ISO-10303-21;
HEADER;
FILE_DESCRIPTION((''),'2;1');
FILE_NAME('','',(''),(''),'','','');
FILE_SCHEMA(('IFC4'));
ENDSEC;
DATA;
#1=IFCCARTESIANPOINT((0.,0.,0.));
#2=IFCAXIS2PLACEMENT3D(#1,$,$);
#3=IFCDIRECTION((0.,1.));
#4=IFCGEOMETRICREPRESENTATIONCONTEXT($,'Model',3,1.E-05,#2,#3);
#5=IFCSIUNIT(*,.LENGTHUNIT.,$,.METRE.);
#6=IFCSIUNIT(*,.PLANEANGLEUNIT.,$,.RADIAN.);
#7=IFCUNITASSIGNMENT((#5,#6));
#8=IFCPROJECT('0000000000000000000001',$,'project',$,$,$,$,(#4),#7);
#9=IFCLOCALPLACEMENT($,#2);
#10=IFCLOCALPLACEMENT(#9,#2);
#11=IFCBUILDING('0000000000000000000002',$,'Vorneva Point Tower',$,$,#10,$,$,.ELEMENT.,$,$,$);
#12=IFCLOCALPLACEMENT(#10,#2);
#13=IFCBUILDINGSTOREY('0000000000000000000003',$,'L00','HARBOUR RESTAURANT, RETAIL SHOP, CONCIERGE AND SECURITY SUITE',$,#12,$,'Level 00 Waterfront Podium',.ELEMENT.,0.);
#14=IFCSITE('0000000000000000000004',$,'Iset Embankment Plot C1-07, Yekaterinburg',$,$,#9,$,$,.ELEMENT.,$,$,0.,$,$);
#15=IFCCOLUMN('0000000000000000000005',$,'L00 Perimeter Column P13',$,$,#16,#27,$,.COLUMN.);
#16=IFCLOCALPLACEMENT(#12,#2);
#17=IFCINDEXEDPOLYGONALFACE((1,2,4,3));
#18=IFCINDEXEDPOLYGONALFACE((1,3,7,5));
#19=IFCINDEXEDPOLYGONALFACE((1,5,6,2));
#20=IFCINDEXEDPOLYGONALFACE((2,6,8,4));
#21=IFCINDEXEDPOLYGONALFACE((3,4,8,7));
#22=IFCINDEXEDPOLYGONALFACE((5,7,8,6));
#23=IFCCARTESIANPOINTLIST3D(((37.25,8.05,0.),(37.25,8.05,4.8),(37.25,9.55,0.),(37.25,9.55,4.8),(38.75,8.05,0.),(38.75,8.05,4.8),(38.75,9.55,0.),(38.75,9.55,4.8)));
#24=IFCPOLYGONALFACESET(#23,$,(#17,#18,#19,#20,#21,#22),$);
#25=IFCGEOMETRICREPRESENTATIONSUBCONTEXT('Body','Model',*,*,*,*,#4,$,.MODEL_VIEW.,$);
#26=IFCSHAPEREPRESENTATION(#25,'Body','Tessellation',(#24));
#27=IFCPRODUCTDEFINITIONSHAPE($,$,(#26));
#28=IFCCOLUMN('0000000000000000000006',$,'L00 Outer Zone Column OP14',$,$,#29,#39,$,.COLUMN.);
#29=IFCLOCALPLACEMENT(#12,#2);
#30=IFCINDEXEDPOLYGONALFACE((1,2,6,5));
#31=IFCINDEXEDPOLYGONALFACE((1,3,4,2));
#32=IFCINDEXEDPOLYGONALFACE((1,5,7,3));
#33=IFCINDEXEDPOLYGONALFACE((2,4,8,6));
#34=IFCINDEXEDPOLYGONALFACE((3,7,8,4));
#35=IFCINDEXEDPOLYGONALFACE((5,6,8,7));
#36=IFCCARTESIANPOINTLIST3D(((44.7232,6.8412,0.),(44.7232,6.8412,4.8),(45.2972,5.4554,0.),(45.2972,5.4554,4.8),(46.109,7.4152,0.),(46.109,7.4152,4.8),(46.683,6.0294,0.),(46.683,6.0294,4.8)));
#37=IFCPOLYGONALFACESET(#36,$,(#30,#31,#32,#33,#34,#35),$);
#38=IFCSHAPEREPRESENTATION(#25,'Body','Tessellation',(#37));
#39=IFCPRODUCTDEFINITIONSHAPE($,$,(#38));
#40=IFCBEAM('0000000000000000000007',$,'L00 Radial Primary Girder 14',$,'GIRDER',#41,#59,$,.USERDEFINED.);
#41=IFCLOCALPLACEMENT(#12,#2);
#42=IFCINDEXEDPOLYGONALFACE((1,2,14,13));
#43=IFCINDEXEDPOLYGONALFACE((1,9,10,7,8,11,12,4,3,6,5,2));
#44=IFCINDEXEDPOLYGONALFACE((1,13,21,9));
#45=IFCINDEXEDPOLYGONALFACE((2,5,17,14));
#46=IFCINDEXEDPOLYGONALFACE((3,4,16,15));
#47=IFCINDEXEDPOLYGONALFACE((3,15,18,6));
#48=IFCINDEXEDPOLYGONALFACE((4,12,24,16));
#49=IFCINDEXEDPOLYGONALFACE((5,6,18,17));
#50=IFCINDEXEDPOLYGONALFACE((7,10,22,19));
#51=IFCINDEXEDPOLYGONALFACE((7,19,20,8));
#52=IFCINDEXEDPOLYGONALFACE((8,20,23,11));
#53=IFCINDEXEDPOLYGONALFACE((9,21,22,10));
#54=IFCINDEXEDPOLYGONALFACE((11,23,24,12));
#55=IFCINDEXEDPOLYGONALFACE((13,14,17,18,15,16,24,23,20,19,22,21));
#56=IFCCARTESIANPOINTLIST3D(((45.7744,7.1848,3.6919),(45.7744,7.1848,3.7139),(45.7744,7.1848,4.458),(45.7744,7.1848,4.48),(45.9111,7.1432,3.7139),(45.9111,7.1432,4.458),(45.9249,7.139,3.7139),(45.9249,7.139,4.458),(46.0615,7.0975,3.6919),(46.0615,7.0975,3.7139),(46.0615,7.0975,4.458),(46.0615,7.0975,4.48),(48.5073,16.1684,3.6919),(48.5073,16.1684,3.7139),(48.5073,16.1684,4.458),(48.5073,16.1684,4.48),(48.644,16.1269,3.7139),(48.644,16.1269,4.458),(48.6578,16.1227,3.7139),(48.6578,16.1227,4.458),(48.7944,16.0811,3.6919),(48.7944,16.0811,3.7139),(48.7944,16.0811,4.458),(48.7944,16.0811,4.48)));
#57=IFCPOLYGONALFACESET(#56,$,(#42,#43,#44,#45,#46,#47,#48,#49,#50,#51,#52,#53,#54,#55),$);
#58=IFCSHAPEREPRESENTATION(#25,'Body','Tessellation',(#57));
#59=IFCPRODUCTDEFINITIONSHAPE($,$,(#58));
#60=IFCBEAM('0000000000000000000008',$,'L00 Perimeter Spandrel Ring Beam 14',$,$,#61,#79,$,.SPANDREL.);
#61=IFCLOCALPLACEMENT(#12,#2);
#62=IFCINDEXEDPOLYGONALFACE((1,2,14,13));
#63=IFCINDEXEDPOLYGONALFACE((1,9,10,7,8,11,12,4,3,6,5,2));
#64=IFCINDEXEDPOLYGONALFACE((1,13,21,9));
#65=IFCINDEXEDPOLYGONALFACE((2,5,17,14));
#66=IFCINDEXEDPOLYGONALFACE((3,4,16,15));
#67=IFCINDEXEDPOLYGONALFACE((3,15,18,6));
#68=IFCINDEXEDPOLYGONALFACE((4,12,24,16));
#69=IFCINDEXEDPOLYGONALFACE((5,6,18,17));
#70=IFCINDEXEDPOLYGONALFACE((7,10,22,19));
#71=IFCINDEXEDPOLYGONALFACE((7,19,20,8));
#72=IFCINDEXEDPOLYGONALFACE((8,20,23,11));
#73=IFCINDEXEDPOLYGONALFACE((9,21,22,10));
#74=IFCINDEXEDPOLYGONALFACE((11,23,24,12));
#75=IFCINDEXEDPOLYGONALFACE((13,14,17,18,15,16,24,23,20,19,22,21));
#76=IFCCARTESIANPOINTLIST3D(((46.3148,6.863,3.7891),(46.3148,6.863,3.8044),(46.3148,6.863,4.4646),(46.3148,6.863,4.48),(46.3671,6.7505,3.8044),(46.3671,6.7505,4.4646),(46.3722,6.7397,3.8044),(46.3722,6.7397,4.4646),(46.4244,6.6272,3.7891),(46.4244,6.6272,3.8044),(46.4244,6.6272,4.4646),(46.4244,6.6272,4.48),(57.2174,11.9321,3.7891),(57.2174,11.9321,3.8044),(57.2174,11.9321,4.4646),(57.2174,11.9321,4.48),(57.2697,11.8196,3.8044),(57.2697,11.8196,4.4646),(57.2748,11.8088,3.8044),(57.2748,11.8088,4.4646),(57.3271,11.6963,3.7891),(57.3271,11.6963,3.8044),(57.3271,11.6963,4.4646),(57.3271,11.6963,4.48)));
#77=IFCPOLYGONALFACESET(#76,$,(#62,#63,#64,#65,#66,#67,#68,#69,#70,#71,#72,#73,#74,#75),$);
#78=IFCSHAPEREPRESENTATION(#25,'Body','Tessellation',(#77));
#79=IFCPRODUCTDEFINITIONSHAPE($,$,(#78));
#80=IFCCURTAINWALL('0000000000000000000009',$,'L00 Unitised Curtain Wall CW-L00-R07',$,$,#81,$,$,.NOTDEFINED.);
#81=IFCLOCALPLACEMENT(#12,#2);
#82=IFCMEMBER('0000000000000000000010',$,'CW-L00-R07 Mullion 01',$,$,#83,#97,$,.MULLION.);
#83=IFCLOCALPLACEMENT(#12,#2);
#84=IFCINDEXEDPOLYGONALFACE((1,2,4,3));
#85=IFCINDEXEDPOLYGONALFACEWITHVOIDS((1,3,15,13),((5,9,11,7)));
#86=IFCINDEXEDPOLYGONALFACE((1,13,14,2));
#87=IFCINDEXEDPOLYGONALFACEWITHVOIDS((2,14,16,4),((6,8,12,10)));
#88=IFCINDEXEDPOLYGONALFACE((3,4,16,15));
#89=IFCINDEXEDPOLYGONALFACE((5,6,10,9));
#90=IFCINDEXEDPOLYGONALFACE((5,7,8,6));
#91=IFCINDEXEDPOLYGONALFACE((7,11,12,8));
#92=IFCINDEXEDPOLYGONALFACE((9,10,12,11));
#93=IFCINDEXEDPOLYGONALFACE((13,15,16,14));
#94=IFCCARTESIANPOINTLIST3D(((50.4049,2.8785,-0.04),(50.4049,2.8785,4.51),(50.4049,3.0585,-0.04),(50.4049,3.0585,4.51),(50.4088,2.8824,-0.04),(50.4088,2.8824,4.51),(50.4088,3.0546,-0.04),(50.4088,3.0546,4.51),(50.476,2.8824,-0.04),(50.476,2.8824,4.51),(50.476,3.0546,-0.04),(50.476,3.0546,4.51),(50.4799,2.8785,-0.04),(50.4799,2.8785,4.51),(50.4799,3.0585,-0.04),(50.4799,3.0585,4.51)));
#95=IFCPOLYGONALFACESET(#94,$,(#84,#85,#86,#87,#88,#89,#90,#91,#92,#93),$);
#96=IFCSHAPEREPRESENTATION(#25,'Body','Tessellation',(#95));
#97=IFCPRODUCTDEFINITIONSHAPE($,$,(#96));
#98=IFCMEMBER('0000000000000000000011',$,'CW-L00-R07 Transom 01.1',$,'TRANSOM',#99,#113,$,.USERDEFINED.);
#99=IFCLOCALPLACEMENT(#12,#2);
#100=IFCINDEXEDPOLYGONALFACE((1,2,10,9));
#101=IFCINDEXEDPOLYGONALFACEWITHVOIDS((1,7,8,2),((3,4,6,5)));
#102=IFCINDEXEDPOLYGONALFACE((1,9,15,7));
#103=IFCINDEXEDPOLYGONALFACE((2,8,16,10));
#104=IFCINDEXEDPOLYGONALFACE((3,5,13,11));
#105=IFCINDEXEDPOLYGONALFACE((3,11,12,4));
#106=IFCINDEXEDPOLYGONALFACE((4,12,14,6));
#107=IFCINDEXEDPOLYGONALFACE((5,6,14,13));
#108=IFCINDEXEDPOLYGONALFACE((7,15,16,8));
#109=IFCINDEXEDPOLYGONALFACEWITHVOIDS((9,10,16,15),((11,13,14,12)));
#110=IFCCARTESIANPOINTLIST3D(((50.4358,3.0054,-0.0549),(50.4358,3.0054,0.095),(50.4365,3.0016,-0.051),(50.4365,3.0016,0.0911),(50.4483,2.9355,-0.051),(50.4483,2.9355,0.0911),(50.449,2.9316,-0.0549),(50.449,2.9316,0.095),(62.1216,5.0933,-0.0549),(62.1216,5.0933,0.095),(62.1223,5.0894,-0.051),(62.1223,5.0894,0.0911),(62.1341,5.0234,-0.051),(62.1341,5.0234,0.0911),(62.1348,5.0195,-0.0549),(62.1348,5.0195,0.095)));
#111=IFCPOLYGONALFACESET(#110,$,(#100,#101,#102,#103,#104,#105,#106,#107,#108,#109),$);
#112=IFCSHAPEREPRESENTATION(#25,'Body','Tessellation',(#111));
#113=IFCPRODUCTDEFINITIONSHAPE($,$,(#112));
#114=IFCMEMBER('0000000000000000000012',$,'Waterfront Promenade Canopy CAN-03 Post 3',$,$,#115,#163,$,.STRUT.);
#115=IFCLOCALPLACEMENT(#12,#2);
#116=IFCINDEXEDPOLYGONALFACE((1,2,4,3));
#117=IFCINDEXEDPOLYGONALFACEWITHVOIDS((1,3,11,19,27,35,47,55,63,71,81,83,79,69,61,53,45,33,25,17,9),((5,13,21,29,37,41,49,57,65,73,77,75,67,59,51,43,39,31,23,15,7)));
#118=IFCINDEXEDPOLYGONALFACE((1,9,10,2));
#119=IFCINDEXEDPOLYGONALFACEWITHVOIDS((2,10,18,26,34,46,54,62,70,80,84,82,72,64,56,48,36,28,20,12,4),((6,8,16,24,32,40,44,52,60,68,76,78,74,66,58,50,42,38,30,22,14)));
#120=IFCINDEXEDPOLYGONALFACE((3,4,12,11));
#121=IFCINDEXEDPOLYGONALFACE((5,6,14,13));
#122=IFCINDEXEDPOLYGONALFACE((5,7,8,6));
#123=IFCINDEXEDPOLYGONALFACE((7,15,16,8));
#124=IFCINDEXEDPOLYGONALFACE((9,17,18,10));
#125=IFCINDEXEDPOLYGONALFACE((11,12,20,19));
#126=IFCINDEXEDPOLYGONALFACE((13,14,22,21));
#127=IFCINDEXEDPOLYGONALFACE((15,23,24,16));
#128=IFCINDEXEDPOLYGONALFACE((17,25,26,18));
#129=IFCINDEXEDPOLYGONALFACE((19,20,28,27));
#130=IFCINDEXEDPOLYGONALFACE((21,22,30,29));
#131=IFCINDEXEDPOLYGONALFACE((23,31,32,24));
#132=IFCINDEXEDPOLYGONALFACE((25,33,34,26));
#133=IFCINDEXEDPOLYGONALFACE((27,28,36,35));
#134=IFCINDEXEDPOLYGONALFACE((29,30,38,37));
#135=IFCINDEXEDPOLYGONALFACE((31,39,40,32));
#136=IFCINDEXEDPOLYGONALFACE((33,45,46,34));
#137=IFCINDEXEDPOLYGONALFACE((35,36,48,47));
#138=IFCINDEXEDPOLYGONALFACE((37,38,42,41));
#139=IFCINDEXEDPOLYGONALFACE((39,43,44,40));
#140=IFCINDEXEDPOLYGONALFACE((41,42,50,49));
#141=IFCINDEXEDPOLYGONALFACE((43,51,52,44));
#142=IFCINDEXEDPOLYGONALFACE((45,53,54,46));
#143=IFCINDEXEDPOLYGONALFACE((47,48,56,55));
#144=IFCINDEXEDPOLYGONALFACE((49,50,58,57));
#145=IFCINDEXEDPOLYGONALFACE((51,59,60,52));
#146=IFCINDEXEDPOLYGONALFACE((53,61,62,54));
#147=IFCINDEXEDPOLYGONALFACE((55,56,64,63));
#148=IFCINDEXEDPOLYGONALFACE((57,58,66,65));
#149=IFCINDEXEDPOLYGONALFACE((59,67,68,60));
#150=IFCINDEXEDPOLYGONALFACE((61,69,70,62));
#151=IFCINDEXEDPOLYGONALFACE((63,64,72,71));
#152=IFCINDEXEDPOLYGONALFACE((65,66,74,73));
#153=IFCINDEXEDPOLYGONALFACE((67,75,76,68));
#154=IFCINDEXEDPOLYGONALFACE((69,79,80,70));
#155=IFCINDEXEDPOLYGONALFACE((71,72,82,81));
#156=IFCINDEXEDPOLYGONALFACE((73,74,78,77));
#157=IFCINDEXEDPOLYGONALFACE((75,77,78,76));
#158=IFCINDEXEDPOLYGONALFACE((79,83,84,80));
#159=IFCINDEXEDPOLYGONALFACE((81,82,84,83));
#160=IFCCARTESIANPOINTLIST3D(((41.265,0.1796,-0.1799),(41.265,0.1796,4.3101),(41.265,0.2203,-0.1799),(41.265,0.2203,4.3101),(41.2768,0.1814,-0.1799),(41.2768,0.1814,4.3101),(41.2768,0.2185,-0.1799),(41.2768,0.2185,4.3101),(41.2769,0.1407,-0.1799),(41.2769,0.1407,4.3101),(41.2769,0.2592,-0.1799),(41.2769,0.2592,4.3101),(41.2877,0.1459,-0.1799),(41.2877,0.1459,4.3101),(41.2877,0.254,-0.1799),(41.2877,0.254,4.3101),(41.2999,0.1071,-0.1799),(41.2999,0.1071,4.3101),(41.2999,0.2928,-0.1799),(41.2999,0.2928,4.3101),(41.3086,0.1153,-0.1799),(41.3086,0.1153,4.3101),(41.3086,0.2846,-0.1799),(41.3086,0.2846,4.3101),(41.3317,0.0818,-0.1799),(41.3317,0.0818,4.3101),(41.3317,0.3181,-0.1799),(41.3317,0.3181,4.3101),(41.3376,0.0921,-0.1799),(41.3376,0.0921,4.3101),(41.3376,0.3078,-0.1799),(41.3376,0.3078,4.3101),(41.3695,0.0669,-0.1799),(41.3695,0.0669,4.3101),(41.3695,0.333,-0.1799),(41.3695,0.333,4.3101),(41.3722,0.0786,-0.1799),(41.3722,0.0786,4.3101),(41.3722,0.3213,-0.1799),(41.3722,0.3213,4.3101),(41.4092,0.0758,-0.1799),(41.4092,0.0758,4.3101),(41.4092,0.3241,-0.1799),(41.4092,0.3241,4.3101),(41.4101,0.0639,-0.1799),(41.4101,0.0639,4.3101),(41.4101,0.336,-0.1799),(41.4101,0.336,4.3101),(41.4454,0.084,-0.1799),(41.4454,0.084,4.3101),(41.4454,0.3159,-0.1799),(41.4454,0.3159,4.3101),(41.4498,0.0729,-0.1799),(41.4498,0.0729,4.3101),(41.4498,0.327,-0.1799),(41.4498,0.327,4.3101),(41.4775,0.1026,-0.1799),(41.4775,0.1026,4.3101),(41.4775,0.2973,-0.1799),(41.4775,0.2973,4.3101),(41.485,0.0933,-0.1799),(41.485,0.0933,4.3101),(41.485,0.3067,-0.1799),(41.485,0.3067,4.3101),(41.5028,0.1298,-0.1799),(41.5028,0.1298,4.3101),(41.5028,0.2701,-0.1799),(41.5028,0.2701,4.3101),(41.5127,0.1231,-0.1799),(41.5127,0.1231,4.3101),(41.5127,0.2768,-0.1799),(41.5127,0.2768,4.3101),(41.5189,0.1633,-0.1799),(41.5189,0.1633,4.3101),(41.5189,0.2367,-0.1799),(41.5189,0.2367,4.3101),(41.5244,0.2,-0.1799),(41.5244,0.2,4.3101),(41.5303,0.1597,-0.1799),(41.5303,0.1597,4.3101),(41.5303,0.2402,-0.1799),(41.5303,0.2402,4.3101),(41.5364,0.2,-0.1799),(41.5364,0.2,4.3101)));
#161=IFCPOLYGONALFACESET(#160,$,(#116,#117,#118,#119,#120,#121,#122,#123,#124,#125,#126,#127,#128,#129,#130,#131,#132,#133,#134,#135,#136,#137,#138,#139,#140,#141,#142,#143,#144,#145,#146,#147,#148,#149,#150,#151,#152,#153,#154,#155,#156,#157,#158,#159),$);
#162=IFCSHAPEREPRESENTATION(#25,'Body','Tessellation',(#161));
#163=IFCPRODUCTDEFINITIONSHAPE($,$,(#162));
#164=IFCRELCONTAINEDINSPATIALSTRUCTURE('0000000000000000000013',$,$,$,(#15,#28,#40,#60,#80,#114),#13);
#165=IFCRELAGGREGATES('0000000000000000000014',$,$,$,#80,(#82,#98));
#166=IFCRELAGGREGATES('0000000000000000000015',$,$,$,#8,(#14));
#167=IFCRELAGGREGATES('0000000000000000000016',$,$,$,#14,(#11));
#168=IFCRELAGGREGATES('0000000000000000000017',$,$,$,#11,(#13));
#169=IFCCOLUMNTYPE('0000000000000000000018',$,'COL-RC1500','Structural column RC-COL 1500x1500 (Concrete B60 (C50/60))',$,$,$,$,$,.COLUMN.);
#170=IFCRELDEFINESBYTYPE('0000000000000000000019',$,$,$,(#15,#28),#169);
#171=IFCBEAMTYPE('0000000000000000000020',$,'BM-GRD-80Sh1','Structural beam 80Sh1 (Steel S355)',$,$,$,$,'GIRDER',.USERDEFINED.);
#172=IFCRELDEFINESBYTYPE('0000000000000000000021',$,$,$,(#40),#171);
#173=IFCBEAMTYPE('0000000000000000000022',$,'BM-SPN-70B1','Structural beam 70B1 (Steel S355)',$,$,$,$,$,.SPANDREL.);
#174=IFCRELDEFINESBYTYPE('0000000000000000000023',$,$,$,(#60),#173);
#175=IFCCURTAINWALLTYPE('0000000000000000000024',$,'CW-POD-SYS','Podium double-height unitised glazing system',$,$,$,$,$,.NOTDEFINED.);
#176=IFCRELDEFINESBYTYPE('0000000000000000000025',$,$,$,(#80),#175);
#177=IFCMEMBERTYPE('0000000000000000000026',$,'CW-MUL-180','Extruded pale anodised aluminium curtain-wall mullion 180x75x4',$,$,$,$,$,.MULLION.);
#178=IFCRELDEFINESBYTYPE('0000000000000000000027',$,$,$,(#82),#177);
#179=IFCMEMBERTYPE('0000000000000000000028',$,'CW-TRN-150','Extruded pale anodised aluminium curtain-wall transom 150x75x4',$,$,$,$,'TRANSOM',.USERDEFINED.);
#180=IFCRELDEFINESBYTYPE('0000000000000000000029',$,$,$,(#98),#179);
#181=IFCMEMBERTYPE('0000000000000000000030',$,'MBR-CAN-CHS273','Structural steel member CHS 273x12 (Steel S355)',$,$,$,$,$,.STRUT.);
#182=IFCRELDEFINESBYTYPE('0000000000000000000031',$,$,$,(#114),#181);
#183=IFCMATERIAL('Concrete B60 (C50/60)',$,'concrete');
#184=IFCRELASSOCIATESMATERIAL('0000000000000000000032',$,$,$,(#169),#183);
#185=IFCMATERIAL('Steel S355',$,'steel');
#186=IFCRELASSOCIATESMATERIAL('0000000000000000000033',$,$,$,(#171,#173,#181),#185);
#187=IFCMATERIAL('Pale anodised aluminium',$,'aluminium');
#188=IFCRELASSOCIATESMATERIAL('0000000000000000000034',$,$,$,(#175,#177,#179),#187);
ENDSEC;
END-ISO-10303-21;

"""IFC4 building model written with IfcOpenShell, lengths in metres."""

from ifc_helpers import new_model, si_unit, direction, frame, origin, origin_2d, place, context, subcontext, project, spatial, rectangle, hollow_rectangle, hollow_circle, i_section, extrude, material, material_profile, profile_set, type_object, element, aggregate, save


model = new_model("IFC4")

# Units and contexts
model_context = context("Model", 3, precision=1e-05, world=origin(), true_north=direction((0.0, 1.0)))
body_context = subcontext(model_context, "Body", "Model", "MODEL_VIEW")
ifc_project = project(units=[si_unit("LENGTHUNIT", "METRE"), si_unit("PLANEANGLEUNIT", "RADIAN")], contexts=[model_context])

# Site, building, storey
site_placement = place(None, origin())
site = spatial("IfcSite", under=ifc_project, at=site_placement, Name="Iset Embankment Plot C1-07, Yekaterinburg", CompositionType="ELEMENT", RefElevation=0.0)
building_placement = place(site_placement, origin())
building = spatial("IfcBuilding", under=site, at=building_placement, Name="Vorneva Point Tower", CompositionType="ELEMENT")
storey_placement = place(building_placement, origin())
storey = spatial("IfcBuildingStorey", under=building, at=storey_placement, Name="L00", Description="HARBOUR RESTAURANT, RETAIL SHOP, CONCIERGE AND SECURITY SUITE", LongName="Level 00 Waterfront Podium", CompositionType="ELEMENT", Elevation=0.0)

# Columns
ifc_material_1 = material(Name="Concrete B60 (C50/60)", Category="concrete")
ifc_material_profile_1 = material_profile(ifc_material_1, rectangle(XDim=1.5, YDim=1.5, at=origin_2d()), Name="RC-COL 1500x1500")
ifc_profile_set_1 = profile_set([ifc_material_profile_1], Name="Concrete B60 (C50/60)")
column_type = type_object("IfcColumnType", Name="COL-RC1500", Description="Structural column RC-COL 1500x1500 (Concrete B60 (C50/60))", PredefinedType="COLUMN", material=ifc_profile_set_1)
for number, where, z_axis, x_axis, name in (
    (1, (38.0, 8.8, 0.0), (0.0, 0.0, 1.0), (0.0, -1.0, 0.0), "L00 Perimeter Column P13"),
    (2, (45.7031, 6.4353, 0.0), (0.0, 0.0, 1.0), (0.382683, -0.92388, 0.0), "L00 Outer Zone Column OP14"),
):
    element("IfcColumn", number, at=place(storey_placement, frame(where, z_axis=z_axis, x_axis=x_axis)), inside=storey, type_object=column_type, Name=name, PredefinedType="COLUMN", context=body_context, shape_type="SweptSolid", body=[
        extrude(rectangle(XDim=1.5, YDim=1.5, at=origin_2d()), origin(), (0.0, 0.0, 1.0), 4.8),
    ])

# Beams
ifc_material_2 = material(Name="Steel S355", Category="steel")
ifc_material_profile_2 = material_profile(ifc_material_2, i_section(OverallWidth=0.3, OverallDepth=0.7881, WebThickness=0.0144, FlangeThickness=0.022, at=origin_2d()), Name="80Sh1")
ifc_profile_set_2 = profile_set([ifc_material_profile_2], Name="Steel S355")
beam_type_1 = type_object("IfcBeamType", Name="BM-GRD-80Sh1", Description="Structural beam 80Sh1 (Steel S355)", ElementType="GIRDER", PredefinedType="USERDEFINED", material=ifc_profile_set_2)
beam_1_placement = place(storey_placement, frame((45.918, 7.1411, 4.0859), z_axis=(0.291041, 0.956711, 0.0), x_axis=(-0.956711, 0.291041, 0.0)))
element("IfcBeam", 3, at=beam_1_placement, inside=storey, type_object=beam_type_1, Name="L00 Radial Primary Girder 14", ObjectType="GIRDER", PredefinedType="USERDEFINED", context=body_context, shape_type="SweptSolid", body=[
    extrude(i_section(OverallWidth=0.3, OverallDepth=0.7881, WebThickness=0.0144, FlangeThickness=0.022, at=origin_2d()), origin(), (0.0, 0.0, 1.0), 9.3901),
])
ifc_material_profile_3 = material_profile(ifc_material_2, i_section(OverallWidth=0.26, OverallDepth=0.6909, WebThickness=0.012, FlangeThickness=0.0154, at=origin_2d()), Name="70B1")
ifc_profile_set_3 = profile_set([ifc_material_profile_3], Name="Steel S355")
beam_type_2 = type_object("IfcBeamType", Name="BM-SPN-70B1", Description="Structural beam 70B1 (Steel S355)", PredefinedType="SPANDREL", material=ifc_profile_set_3)
beam_2_placement = place(storey_placement, frame((46.3696, 6.7451, 4.1345), z_axis=(0.906781, 0.421602, 0.0), x_axis=(-0.421602, 0.906781, 0.0)))
element("IfcBeam", 4, at=beam_2_placement, inside=storey, type_object=beam_type_2, Name="L00 Perimeter Spandrel Ring Beam 14", PredefinedType="SPANDREL", context=body_context, shape_type="SweptSolid", body=[
    extrude(i_section(OverallWidth=0.26, OverallDepth=0.6909, WebThickness=0.012, FlangeThickness=0.0154, at=origin_2d()), origin(), (0.0, 0.0, 1.0), 12.0234),
])

# Curtain wall, members
ifc_material_3 = material(Name="Pale anodised aluminium", Category="aluminium")
curtain_wall_type = type_object("IfcCurtainWallType", Name="CW-POD-SYS", Description="Podium double-height unitised glazing system", PredefinedType="NOTDEFINED", material=ifc_material_3)
curtain_wall_placement = place(storey_placement, origin())
curtain_wall = element("IfcCurtainWall", 5, at=curtain_wall_placement, inside=storey, type_object=curtain_wall_type, Name="L00 Unitised Curtain Wall CW-L00-R07", PredefinedType="NOTDEFINED")
ifc_material_profile_4 = material_profile(ifc_material_3, hollow_rectangle(XDim=0.075, YDim=0.1799, WallThickness=0.0039, at=origin_2d()), Name="AL-MUL 180x75x4")
ifc_profile_set_4 = profile_set([ifc_material_profile_4], Name="Pale anodised aluminium")
member_type_1 = type_object("IfcMemberType", Name="CW-MUL-180", Description="Extruded pale anodised aluminium curtain-wall mullion 180x75x4", PredefinedType="MULLION", material=ifc_profile_set_4)
member_1_placement = place(storey_placement, frame((50.4424, 2.9685, -0.04), z_axis=(0.0, 0.0, 1.0), x_axis=(1.0, 0.0, 0.0)))
member_1 = element("IfcMember", 6, at=member_1_placement, type_object=member_type_1, Name="CW-L00-R07 Mullion 01", PredefinedType="MULLION", context=body_context, shape_type="SweptSolid", body=[
    extrude(hollow_rectangle(XDim=0.075, YDim=0.1799, WallThickness=0.0039, at=origin_2d()), origin(), (0.0, 0.0, 1.0), 4.55),
])
ifc_material_profile_5 = material_profile(ifc_material_3, hollow_rectangle(XDim=0.075, YDim=0.1499, WallThickness=0.0039, at=origin_2d()), Name="AL-TRN 150x75x4")
ifc_profile_set_5 = profile_set([ifc_material_profile_5], Name="Pale anodised aluminium")
member_type_2 = type_object("IfcMemberType", Name="CW-TRN-150", Description="Extruded pale anodised aluminium curtain-wall transom 150x75x4", ElementType="TRANSOM", PredefinedType="USERDEFINED", material=ifc_profile_set_5)
member_2_placement = place(storey_placement, frame((50.4424, 2.9685, 0.02), z_axis=(0.984411, 0.175884, 0.0), x_axis=(-0.175884, 0.984411, 0.0)))
member_2 = element("IfcMember", 7, at=member_2_placement, type_object=member_type_2, Name="CW-L00-R07 Transom 01.1", ObjectType="TRANSOM", PredefinedType="USERDEFINED", context=body_context, shape_type="SweptSolid", body=[
    extrude(hollow_rectangle(XDim=0.075, YDim=0.1499, WallThickness=0.0039, at=origin_2d()), origin(), (0.0, 0.0, 1.0), 11.8708),
])
aggregate(curtain_wall, [member_1, member_2])

# Member
ifc_material_profile_6 = material_profile(ifc_material_2, hollow_circle(Radius=0.1365, WallThickness=0.012, at=origin_2d()), Name="CHS 273x12")
ifc_profile_set_6 = profile_set([ifc_material_profile_6], Name="Steel S355")
member_type_3 = type_object("IfcMemberType", Name="MBR-CAN-CHS273", Description="Structural steel member CHS 273x12 (Steel S355)", PredefinedType="STRUT", material=ifc_profile_set_6)
for number, where, z_axis, x_axis, name in (
    (8, (41.3999, 0.2, -0.1799), (0.0, 0.0, 1.0), (1.0, 0.0, 0.0), "Waterfront Promenade Canopy CAN-03 Post 3"),
):
    element("IfcMember", number, at=place(storey_placement, frame(where, z_axis=z_axis, x_axis=x_axis)), inside=storey, type_object=member_type_3, Name=name, PredefinedType="STRUT", context=body_context, shape_type="SweptSolid", body=[
        extrude(hollow_circle(Radius=0.1365, WallThickness=0.012, at=origin_2d()), origin(), (0.0, 0.0, 1.0), 4.49),
    ])

save(model, "model.ifc")
